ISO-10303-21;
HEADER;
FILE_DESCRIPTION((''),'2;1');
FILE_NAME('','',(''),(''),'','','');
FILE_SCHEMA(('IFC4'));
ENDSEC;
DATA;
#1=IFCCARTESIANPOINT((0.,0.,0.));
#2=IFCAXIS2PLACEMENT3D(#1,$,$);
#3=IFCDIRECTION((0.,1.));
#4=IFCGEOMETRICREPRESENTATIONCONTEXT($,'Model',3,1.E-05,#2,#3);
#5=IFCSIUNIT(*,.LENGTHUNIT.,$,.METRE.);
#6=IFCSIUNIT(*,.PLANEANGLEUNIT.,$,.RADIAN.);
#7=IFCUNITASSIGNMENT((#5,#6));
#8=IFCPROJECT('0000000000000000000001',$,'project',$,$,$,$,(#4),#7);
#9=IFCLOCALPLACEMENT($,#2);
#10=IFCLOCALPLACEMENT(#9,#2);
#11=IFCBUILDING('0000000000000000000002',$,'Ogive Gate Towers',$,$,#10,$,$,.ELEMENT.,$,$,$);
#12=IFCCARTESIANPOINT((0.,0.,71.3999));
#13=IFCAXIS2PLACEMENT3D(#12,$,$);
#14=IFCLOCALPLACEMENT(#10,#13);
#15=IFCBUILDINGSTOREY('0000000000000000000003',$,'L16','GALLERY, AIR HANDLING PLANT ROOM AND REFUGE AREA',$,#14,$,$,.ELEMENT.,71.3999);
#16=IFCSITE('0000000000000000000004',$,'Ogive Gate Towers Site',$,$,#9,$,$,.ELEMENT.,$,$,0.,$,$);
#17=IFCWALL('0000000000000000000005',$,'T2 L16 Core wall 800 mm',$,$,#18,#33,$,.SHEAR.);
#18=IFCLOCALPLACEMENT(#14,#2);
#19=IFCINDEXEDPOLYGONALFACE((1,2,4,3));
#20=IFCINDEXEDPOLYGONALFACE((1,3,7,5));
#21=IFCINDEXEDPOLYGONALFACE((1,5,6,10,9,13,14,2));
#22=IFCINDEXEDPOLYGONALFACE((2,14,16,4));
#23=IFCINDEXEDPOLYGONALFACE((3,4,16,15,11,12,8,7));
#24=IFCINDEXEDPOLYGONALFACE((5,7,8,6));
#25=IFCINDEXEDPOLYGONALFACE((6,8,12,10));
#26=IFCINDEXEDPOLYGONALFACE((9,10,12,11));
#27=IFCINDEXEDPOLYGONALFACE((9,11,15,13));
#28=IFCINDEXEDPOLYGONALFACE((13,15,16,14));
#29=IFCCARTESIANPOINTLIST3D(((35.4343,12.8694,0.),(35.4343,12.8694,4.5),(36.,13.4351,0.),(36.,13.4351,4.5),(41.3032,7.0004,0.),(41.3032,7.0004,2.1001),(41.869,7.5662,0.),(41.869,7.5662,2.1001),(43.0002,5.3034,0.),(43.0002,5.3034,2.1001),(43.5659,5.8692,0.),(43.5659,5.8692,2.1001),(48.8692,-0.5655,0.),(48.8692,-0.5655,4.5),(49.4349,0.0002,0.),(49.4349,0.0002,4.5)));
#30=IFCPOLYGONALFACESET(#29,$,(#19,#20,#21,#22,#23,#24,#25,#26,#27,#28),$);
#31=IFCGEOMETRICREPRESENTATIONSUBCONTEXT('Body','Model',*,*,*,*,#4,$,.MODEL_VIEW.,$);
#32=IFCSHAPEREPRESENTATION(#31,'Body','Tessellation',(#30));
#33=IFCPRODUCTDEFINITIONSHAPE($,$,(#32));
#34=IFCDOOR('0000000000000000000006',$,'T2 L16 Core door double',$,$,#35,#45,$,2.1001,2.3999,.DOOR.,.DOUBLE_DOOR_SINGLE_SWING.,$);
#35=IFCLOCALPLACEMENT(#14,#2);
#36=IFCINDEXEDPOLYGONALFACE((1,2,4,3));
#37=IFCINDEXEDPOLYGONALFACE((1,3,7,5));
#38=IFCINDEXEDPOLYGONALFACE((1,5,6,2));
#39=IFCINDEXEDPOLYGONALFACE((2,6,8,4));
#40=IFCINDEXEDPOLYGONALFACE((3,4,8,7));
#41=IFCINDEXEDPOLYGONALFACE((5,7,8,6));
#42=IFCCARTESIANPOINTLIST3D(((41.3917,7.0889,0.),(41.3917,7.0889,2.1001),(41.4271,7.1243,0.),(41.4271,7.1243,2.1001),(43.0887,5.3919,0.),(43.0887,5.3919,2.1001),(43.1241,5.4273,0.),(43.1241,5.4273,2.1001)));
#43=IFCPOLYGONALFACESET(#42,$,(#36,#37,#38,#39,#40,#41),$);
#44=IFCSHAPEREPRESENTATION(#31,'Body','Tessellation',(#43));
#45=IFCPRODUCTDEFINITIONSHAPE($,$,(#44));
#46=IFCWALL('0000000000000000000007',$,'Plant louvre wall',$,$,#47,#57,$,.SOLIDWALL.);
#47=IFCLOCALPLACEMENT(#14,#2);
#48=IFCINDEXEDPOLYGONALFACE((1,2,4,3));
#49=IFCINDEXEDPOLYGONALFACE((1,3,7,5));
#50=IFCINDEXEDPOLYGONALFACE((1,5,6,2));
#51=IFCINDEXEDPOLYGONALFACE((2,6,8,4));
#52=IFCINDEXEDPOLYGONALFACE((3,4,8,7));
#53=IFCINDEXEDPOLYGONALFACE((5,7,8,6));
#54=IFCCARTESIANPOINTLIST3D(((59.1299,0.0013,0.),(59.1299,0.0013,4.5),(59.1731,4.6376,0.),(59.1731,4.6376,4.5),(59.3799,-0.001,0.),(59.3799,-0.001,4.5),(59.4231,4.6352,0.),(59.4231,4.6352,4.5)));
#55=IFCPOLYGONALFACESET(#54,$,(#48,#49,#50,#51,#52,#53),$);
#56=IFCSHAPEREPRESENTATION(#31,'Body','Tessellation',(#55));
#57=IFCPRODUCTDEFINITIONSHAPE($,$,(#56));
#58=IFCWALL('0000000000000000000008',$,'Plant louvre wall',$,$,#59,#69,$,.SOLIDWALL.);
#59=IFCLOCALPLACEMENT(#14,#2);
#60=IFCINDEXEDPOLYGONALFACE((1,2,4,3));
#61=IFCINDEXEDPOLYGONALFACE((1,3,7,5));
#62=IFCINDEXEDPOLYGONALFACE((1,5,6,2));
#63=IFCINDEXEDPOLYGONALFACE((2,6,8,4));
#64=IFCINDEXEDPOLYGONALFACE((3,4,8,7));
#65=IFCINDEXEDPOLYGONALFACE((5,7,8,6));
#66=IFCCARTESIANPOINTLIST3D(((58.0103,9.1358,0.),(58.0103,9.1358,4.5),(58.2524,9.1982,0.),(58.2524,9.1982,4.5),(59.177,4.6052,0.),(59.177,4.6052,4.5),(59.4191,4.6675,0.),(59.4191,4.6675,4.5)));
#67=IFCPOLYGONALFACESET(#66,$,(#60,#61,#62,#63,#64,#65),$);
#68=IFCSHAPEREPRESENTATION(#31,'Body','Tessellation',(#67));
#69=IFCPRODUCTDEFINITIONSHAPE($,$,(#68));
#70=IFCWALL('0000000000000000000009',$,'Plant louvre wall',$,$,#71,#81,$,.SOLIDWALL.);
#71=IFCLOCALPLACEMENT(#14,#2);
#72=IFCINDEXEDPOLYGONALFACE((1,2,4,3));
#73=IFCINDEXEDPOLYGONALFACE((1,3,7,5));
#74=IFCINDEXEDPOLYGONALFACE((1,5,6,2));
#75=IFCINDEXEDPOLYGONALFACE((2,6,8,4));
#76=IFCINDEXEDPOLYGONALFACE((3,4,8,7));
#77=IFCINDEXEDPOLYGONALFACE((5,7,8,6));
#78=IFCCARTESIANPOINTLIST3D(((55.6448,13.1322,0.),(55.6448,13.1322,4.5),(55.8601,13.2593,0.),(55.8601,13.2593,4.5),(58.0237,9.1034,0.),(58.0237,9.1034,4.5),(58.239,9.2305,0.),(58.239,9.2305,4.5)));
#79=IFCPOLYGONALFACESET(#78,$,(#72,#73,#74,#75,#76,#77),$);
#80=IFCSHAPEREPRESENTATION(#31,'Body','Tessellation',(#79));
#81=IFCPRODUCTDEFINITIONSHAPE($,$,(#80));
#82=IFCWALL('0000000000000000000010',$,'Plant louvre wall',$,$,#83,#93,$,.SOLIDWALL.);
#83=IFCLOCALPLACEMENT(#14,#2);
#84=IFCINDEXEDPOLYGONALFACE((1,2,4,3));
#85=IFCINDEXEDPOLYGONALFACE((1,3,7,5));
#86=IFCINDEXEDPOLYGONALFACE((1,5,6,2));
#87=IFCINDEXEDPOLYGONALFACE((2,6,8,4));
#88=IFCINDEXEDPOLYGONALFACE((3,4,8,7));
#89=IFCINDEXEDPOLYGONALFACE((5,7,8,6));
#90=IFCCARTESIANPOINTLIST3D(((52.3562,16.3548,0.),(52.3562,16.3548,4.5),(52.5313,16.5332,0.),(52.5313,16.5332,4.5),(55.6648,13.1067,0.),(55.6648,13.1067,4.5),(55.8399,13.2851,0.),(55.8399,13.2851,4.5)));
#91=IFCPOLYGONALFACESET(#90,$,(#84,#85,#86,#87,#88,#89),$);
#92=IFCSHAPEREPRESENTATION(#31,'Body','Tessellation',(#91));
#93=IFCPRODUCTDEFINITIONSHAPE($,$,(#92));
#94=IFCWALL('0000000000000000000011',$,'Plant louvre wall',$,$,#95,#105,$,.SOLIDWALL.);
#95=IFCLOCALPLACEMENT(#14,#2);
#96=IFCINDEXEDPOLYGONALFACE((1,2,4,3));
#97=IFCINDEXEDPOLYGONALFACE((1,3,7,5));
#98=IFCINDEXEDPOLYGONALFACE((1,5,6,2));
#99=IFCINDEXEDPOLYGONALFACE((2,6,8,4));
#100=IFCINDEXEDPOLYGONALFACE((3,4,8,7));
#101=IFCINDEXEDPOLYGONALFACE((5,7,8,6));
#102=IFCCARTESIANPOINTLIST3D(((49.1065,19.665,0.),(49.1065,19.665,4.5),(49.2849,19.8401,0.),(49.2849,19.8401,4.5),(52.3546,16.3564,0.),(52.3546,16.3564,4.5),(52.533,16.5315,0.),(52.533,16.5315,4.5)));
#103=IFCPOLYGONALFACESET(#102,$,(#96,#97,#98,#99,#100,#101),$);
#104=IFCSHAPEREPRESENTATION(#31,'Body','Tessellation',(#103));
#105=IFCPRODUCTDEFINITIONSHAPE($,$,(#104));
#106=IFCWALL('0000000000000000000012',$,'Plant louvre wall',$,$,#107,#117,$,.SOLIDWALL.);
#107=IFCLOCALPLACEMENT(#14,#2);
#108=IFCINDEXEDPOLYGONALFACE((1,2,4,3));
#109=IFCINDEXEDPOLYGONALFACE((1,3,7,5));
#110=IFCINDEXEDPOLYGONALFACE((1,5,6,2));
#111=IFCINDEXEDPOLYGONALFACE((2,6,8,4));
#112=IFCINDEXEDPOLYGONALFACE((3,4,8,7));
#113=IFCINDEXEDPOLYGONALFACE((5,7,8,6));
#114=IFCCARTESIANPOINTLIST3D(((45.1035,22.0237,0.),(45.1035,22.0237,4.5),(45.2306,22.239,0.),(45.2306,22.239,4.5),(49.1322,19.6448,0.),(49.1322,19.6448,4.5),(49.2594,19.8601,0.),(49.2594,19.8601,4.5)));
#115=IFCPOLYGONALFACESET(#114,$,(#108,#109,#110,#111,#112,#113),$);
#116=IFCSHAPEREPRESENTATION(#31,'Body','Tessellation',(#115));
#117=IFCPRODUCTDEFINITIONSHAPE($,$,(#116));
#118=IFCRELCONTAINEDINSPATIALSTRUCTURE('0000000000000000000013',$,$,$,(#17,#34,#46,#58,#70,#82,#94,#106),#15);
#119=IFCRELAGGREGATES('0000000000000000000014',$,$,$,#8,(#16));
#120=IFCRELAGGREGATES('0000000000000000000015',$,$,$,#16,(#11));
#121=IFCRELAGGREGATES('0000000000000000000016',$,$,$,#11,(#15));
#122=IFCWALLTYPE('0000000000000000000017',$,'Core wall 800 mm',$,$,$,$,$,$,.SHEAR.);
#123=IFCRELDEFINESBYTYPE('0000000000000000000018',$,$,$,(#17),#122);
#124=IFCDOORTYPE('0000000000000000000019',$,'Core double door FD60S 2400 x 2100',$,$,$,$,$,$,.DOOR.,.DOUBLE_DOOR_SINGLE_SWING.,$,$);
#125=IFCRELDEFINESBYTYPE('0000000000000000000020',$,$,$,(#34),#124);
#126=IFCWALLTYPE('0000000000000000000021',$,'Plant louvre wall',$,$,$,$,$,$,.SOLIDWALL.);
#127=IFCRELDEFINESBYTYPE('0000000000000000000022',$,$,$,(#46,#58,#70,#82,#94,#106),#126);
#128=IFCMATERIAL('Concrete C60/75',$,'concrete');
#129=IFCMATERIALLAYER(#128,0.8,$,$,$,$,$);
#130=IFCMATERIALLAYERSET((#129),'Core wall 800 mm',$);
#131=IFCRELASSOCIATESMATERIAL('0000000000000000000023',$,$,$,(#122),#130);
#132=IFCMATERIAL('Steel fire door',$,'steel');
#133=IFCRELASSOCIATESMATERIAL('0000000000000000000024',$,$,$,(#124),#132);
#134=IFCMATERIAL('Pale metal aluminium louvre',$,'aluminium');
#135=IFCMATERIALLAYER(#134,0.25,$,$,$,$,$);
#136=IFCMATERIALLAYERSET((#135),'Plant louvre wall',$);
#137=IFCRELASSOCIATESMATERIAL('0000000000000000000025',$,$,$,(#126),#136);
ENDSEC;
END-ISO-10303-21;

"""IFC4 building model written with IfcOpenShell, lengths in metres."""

from ifc_helpers import new_model, si_unit, direction, frame, frame_2d, origin, place, context, subcontext, project, spatial, rectangle, extrude, material, layer, layer_set, type_object, element, fill, save


model = new_model("IFC4")

# Units and contexts
model_context = context("Model", 3, precision=1e-05, world=origin(), true_north=direction((0.0, 1.0)))
body_context = subcontext(model_context, "Body", "Model", "MODEL_VIEW")
ifc_project = project(units=[si_unit("LENGTHUNIT", "METRE"), si_unit("PLANEANGLEUNIT", "RADIAN")], contexts=[model_context])

# Site, building, storey
site_placement = place(None, origin())
site = spatial("IfcSite", under=ifc_project, at=site_placement, Name="Ogive Gate Towers Site", CompositionType="ELEMENT", RefElevation=0.0)
building_placement = place(site_placement, origin())
building = spatial("IfcBuilding", under=site, at=building_placement, Name="Ogive Gate Towers", CompositionType="ELEMENT")
storey_placement = place(building_placement, frame((0.0, 0.0, 71.3999)))
storey = spatial("IfcBuildingStorey", under=building, at=storey_placement, Name="L16", Description="GALLERY, AIR HANDLING PLANT ROOM AND REFUGE AREA", CompositionType="ELEMENT", Elevation=71.3999)

# Wall, opening, door
ifc_material_1 = material(Name="Steel fire door", Category="steel")
ifc_material_2 = material(Name="Concrete C60/75", Category="concrete")
ifc_layer_1 = layer(ifc_material_2, 0.8)
ifc_layer_set_1 = layer_set([ifc_layer_1], Name="Core wall 800 mm")
wall_type_1 = type_object("IfcWallType", Name="Core wall 800 mm", PredefinedType="SHEAR", material=ifc_layer_set_1)
wall_1_placement = place(storey_placement, frame((49.1521, -0.2827, 0.0), z_axis=(0.0, 0.0, 1.0), x_axis=(-0.707107, 0.707107, 0.0)))
wall_1 = element("IfcWall", 1, at=wall_1_placement, inside=storey, type_object=wall_type_1, Name="T2 L16 Core wall 800 mm", PredefinedType="SHEAR", context=body_context, shape_type="SweptSolid", body=[
    extrude(rectangle(XDim=18.9998, YDim=0.8, at=frame_2d((9.5, 0.0))), origin(), (0.0, 0.0, 1.0), 4.5),
])
opening_1_placement = place(wall_1_placement, frame((8.3, 0.0, 0.0)))
opening_1 = element("IfcOpeningElement", 2, at=opening_1_placement, cuts=wall_1, PredefinedType="OPENING", context=body_context, shape_type="SweptSolid", body=[
    extrude(rectangle(XDim=2.3999, YDim=2.1001, at=frame_2d((1.2, 1.05))), frame((0.0, 0.4102, 0.0), z_axis=(0.0, -1.0, 0.0), x_axis=(1.0, 0.0, 0.0)), (0.0, 0.0, 1.0), 0.8201),
])
door_type_1 = type_object("IfcDoorType", Name="Core double door FD60S 2400 x 2100", OperationType="DOUBLE_DOOR_SINGLE_SWING", PredefinedType="DOOR", material=ifc_material_1)
door_1_placement = place(opening_1_placement, origin())
door_1 = element("IfcDoor", 3, at=door_1_placement, inside=storey, type_object=door_type_1, Name="T2 L16 Core door double", OperationType="DOUBLE_DOOR_SINGLE_SWING", OverallHeight=2.1001, OverallWidth=2.3999, PredefinedType="DOOR", context=body_context, shape_type="SweptSolid", body=[
    extrude(rectangle(XDim=2.3999, YDim=2.1001, at=frame_2d((1.2, 1.05))), frame((0.0, 0.2749, 0.0), z_axis=(0.0, -1.0, 0.0), x_axis=(1.0, 0.0, 0.0)), (0.0, 0.0, 1.0), 0.05),
])
fill(opening_1, door_1)

# Walls
ifc_material_3 = material(Name="Pale metal aluminium louvre", Category="aluminium")
ifc_layer_2 = layer(ifc_material_3, 0.25)
ifc_layer_set_2 = layer_set([ifc_layer_2], Name="Plant louvre wall")
wall_type_2 = type_object("IfcWallType", Name="Plant louvre wall", PredefinedType="SOLIDWALL", material=ifc_layer_set_2)
wall_2_placement = place(storey_placement, frame((59.2549, 0.0, 0.0), z_axis=(0.0, 0.0, 1.0), x_axis=(0.00932, 0.999957, 0.0)))
element("IfcWall", 4, at=wall_2_placement, inside=storey, type_object=wall_type_2, Name="Plant louvre wall", PredefinedType="SOLIDWALL", context=body_context, shape_type="SweptSolid", body=[
    extrude(rectangle(XDim=4.6365, YDim=0.25, at=frame_2d((2.3184, 0.0))), origin(), (0.0, 0.0, 1.0), 4.5),
])
wall_3_placement = place(storey_placement, frame((59.2981, 4.6362, 0.0), z_axis=(0.0, 0.0, 1.0), x_axis=(-0.249381, 0.968405, 0.0)))
element("IfcWall", 5, at=wall_3_placement, inside=storey, type_object=wall_type_2, Name="Plant louvre wall", PredefinedType="SOLIDWALL", context=body_context, shape_type="SweptSolid", body=[
    extrude(rectangle(XDim=4.6785, YDim=0.25, at=frame_2d((2.3394, 0.0))), origin(), (0.0, 0.0, 1.0), 4.5),
])
wall_4_placement = place(storey_placement, frame((58.1313, 9.167, 0.0), z_axis=(0.0, 0.0, 1.0), x_axis=(-0.508452, 0.861091, 0.0)))
element("IfcWall", 6, at=wall_4_placement, inside=storey, type_object=wall_type_2, Name="Plant louvre wall", PredefinedType="SOLIDWALL", context=body_context, shape_type="SweptSolid", body=[
    extrude(rectangle(XDim=4.6787, YDim=0.25, at=frame_2d((2.3394, 0.0))), origin(), (0.0, 0.0, 1.0), 4.5),
])
for number, where, z_axis, x_axis, name in (
    (7, (55.7524, 13.1958, 0.0), (0.0, 0.0, 1.0), (-0.713606, 0.700547, 0.0), "Plant louvre wall"),
    (8, (52.4438, 16.4438, 0.0), (0.0, 0.0, 1.0), (-0.700547, 0.713606, 0.0), "Plant louvre wall"),
):
    element("IfcWall", number, at=place(storey_placement, frame(where, z_axis=z_axis, x_axis=x_axis)), inside=storey, type_object=wall_type_2, Name=name, PredefinedType="SOLIDWALL", context=body_context, shape_type="SweptSolid", body=[
        extrude(rectangle(XDim=4.6365, YDim=0.25, at=frame_2d((2.3184, 0.0))), origin(), (0.0, 0.0, 1.0), 4.5),
    ])
wall_5_placement = place(storey_placement, frame((49.1958, 19.7524, 0.0), z_axis=(0.0, 0.0, 1.0), x_axis=(-0.861091, 0.508452, 0.0)))
element("IfcWall", 9, at=wall_5_placement, inside=storey, type_object=wall_type_2, Name="Plant louvre wall", PredefinedType="SOLIDWALL", context=body_context, shape_type="SweptSolid", body=[
    extrude(rectangle(XDim=4.6787, YDim=0.25, at=frame_2d((2.3394, 0.0))), origin(), (0.0, 0.0, 1.0), 4.5),
])

save(model, "model.ifc")
